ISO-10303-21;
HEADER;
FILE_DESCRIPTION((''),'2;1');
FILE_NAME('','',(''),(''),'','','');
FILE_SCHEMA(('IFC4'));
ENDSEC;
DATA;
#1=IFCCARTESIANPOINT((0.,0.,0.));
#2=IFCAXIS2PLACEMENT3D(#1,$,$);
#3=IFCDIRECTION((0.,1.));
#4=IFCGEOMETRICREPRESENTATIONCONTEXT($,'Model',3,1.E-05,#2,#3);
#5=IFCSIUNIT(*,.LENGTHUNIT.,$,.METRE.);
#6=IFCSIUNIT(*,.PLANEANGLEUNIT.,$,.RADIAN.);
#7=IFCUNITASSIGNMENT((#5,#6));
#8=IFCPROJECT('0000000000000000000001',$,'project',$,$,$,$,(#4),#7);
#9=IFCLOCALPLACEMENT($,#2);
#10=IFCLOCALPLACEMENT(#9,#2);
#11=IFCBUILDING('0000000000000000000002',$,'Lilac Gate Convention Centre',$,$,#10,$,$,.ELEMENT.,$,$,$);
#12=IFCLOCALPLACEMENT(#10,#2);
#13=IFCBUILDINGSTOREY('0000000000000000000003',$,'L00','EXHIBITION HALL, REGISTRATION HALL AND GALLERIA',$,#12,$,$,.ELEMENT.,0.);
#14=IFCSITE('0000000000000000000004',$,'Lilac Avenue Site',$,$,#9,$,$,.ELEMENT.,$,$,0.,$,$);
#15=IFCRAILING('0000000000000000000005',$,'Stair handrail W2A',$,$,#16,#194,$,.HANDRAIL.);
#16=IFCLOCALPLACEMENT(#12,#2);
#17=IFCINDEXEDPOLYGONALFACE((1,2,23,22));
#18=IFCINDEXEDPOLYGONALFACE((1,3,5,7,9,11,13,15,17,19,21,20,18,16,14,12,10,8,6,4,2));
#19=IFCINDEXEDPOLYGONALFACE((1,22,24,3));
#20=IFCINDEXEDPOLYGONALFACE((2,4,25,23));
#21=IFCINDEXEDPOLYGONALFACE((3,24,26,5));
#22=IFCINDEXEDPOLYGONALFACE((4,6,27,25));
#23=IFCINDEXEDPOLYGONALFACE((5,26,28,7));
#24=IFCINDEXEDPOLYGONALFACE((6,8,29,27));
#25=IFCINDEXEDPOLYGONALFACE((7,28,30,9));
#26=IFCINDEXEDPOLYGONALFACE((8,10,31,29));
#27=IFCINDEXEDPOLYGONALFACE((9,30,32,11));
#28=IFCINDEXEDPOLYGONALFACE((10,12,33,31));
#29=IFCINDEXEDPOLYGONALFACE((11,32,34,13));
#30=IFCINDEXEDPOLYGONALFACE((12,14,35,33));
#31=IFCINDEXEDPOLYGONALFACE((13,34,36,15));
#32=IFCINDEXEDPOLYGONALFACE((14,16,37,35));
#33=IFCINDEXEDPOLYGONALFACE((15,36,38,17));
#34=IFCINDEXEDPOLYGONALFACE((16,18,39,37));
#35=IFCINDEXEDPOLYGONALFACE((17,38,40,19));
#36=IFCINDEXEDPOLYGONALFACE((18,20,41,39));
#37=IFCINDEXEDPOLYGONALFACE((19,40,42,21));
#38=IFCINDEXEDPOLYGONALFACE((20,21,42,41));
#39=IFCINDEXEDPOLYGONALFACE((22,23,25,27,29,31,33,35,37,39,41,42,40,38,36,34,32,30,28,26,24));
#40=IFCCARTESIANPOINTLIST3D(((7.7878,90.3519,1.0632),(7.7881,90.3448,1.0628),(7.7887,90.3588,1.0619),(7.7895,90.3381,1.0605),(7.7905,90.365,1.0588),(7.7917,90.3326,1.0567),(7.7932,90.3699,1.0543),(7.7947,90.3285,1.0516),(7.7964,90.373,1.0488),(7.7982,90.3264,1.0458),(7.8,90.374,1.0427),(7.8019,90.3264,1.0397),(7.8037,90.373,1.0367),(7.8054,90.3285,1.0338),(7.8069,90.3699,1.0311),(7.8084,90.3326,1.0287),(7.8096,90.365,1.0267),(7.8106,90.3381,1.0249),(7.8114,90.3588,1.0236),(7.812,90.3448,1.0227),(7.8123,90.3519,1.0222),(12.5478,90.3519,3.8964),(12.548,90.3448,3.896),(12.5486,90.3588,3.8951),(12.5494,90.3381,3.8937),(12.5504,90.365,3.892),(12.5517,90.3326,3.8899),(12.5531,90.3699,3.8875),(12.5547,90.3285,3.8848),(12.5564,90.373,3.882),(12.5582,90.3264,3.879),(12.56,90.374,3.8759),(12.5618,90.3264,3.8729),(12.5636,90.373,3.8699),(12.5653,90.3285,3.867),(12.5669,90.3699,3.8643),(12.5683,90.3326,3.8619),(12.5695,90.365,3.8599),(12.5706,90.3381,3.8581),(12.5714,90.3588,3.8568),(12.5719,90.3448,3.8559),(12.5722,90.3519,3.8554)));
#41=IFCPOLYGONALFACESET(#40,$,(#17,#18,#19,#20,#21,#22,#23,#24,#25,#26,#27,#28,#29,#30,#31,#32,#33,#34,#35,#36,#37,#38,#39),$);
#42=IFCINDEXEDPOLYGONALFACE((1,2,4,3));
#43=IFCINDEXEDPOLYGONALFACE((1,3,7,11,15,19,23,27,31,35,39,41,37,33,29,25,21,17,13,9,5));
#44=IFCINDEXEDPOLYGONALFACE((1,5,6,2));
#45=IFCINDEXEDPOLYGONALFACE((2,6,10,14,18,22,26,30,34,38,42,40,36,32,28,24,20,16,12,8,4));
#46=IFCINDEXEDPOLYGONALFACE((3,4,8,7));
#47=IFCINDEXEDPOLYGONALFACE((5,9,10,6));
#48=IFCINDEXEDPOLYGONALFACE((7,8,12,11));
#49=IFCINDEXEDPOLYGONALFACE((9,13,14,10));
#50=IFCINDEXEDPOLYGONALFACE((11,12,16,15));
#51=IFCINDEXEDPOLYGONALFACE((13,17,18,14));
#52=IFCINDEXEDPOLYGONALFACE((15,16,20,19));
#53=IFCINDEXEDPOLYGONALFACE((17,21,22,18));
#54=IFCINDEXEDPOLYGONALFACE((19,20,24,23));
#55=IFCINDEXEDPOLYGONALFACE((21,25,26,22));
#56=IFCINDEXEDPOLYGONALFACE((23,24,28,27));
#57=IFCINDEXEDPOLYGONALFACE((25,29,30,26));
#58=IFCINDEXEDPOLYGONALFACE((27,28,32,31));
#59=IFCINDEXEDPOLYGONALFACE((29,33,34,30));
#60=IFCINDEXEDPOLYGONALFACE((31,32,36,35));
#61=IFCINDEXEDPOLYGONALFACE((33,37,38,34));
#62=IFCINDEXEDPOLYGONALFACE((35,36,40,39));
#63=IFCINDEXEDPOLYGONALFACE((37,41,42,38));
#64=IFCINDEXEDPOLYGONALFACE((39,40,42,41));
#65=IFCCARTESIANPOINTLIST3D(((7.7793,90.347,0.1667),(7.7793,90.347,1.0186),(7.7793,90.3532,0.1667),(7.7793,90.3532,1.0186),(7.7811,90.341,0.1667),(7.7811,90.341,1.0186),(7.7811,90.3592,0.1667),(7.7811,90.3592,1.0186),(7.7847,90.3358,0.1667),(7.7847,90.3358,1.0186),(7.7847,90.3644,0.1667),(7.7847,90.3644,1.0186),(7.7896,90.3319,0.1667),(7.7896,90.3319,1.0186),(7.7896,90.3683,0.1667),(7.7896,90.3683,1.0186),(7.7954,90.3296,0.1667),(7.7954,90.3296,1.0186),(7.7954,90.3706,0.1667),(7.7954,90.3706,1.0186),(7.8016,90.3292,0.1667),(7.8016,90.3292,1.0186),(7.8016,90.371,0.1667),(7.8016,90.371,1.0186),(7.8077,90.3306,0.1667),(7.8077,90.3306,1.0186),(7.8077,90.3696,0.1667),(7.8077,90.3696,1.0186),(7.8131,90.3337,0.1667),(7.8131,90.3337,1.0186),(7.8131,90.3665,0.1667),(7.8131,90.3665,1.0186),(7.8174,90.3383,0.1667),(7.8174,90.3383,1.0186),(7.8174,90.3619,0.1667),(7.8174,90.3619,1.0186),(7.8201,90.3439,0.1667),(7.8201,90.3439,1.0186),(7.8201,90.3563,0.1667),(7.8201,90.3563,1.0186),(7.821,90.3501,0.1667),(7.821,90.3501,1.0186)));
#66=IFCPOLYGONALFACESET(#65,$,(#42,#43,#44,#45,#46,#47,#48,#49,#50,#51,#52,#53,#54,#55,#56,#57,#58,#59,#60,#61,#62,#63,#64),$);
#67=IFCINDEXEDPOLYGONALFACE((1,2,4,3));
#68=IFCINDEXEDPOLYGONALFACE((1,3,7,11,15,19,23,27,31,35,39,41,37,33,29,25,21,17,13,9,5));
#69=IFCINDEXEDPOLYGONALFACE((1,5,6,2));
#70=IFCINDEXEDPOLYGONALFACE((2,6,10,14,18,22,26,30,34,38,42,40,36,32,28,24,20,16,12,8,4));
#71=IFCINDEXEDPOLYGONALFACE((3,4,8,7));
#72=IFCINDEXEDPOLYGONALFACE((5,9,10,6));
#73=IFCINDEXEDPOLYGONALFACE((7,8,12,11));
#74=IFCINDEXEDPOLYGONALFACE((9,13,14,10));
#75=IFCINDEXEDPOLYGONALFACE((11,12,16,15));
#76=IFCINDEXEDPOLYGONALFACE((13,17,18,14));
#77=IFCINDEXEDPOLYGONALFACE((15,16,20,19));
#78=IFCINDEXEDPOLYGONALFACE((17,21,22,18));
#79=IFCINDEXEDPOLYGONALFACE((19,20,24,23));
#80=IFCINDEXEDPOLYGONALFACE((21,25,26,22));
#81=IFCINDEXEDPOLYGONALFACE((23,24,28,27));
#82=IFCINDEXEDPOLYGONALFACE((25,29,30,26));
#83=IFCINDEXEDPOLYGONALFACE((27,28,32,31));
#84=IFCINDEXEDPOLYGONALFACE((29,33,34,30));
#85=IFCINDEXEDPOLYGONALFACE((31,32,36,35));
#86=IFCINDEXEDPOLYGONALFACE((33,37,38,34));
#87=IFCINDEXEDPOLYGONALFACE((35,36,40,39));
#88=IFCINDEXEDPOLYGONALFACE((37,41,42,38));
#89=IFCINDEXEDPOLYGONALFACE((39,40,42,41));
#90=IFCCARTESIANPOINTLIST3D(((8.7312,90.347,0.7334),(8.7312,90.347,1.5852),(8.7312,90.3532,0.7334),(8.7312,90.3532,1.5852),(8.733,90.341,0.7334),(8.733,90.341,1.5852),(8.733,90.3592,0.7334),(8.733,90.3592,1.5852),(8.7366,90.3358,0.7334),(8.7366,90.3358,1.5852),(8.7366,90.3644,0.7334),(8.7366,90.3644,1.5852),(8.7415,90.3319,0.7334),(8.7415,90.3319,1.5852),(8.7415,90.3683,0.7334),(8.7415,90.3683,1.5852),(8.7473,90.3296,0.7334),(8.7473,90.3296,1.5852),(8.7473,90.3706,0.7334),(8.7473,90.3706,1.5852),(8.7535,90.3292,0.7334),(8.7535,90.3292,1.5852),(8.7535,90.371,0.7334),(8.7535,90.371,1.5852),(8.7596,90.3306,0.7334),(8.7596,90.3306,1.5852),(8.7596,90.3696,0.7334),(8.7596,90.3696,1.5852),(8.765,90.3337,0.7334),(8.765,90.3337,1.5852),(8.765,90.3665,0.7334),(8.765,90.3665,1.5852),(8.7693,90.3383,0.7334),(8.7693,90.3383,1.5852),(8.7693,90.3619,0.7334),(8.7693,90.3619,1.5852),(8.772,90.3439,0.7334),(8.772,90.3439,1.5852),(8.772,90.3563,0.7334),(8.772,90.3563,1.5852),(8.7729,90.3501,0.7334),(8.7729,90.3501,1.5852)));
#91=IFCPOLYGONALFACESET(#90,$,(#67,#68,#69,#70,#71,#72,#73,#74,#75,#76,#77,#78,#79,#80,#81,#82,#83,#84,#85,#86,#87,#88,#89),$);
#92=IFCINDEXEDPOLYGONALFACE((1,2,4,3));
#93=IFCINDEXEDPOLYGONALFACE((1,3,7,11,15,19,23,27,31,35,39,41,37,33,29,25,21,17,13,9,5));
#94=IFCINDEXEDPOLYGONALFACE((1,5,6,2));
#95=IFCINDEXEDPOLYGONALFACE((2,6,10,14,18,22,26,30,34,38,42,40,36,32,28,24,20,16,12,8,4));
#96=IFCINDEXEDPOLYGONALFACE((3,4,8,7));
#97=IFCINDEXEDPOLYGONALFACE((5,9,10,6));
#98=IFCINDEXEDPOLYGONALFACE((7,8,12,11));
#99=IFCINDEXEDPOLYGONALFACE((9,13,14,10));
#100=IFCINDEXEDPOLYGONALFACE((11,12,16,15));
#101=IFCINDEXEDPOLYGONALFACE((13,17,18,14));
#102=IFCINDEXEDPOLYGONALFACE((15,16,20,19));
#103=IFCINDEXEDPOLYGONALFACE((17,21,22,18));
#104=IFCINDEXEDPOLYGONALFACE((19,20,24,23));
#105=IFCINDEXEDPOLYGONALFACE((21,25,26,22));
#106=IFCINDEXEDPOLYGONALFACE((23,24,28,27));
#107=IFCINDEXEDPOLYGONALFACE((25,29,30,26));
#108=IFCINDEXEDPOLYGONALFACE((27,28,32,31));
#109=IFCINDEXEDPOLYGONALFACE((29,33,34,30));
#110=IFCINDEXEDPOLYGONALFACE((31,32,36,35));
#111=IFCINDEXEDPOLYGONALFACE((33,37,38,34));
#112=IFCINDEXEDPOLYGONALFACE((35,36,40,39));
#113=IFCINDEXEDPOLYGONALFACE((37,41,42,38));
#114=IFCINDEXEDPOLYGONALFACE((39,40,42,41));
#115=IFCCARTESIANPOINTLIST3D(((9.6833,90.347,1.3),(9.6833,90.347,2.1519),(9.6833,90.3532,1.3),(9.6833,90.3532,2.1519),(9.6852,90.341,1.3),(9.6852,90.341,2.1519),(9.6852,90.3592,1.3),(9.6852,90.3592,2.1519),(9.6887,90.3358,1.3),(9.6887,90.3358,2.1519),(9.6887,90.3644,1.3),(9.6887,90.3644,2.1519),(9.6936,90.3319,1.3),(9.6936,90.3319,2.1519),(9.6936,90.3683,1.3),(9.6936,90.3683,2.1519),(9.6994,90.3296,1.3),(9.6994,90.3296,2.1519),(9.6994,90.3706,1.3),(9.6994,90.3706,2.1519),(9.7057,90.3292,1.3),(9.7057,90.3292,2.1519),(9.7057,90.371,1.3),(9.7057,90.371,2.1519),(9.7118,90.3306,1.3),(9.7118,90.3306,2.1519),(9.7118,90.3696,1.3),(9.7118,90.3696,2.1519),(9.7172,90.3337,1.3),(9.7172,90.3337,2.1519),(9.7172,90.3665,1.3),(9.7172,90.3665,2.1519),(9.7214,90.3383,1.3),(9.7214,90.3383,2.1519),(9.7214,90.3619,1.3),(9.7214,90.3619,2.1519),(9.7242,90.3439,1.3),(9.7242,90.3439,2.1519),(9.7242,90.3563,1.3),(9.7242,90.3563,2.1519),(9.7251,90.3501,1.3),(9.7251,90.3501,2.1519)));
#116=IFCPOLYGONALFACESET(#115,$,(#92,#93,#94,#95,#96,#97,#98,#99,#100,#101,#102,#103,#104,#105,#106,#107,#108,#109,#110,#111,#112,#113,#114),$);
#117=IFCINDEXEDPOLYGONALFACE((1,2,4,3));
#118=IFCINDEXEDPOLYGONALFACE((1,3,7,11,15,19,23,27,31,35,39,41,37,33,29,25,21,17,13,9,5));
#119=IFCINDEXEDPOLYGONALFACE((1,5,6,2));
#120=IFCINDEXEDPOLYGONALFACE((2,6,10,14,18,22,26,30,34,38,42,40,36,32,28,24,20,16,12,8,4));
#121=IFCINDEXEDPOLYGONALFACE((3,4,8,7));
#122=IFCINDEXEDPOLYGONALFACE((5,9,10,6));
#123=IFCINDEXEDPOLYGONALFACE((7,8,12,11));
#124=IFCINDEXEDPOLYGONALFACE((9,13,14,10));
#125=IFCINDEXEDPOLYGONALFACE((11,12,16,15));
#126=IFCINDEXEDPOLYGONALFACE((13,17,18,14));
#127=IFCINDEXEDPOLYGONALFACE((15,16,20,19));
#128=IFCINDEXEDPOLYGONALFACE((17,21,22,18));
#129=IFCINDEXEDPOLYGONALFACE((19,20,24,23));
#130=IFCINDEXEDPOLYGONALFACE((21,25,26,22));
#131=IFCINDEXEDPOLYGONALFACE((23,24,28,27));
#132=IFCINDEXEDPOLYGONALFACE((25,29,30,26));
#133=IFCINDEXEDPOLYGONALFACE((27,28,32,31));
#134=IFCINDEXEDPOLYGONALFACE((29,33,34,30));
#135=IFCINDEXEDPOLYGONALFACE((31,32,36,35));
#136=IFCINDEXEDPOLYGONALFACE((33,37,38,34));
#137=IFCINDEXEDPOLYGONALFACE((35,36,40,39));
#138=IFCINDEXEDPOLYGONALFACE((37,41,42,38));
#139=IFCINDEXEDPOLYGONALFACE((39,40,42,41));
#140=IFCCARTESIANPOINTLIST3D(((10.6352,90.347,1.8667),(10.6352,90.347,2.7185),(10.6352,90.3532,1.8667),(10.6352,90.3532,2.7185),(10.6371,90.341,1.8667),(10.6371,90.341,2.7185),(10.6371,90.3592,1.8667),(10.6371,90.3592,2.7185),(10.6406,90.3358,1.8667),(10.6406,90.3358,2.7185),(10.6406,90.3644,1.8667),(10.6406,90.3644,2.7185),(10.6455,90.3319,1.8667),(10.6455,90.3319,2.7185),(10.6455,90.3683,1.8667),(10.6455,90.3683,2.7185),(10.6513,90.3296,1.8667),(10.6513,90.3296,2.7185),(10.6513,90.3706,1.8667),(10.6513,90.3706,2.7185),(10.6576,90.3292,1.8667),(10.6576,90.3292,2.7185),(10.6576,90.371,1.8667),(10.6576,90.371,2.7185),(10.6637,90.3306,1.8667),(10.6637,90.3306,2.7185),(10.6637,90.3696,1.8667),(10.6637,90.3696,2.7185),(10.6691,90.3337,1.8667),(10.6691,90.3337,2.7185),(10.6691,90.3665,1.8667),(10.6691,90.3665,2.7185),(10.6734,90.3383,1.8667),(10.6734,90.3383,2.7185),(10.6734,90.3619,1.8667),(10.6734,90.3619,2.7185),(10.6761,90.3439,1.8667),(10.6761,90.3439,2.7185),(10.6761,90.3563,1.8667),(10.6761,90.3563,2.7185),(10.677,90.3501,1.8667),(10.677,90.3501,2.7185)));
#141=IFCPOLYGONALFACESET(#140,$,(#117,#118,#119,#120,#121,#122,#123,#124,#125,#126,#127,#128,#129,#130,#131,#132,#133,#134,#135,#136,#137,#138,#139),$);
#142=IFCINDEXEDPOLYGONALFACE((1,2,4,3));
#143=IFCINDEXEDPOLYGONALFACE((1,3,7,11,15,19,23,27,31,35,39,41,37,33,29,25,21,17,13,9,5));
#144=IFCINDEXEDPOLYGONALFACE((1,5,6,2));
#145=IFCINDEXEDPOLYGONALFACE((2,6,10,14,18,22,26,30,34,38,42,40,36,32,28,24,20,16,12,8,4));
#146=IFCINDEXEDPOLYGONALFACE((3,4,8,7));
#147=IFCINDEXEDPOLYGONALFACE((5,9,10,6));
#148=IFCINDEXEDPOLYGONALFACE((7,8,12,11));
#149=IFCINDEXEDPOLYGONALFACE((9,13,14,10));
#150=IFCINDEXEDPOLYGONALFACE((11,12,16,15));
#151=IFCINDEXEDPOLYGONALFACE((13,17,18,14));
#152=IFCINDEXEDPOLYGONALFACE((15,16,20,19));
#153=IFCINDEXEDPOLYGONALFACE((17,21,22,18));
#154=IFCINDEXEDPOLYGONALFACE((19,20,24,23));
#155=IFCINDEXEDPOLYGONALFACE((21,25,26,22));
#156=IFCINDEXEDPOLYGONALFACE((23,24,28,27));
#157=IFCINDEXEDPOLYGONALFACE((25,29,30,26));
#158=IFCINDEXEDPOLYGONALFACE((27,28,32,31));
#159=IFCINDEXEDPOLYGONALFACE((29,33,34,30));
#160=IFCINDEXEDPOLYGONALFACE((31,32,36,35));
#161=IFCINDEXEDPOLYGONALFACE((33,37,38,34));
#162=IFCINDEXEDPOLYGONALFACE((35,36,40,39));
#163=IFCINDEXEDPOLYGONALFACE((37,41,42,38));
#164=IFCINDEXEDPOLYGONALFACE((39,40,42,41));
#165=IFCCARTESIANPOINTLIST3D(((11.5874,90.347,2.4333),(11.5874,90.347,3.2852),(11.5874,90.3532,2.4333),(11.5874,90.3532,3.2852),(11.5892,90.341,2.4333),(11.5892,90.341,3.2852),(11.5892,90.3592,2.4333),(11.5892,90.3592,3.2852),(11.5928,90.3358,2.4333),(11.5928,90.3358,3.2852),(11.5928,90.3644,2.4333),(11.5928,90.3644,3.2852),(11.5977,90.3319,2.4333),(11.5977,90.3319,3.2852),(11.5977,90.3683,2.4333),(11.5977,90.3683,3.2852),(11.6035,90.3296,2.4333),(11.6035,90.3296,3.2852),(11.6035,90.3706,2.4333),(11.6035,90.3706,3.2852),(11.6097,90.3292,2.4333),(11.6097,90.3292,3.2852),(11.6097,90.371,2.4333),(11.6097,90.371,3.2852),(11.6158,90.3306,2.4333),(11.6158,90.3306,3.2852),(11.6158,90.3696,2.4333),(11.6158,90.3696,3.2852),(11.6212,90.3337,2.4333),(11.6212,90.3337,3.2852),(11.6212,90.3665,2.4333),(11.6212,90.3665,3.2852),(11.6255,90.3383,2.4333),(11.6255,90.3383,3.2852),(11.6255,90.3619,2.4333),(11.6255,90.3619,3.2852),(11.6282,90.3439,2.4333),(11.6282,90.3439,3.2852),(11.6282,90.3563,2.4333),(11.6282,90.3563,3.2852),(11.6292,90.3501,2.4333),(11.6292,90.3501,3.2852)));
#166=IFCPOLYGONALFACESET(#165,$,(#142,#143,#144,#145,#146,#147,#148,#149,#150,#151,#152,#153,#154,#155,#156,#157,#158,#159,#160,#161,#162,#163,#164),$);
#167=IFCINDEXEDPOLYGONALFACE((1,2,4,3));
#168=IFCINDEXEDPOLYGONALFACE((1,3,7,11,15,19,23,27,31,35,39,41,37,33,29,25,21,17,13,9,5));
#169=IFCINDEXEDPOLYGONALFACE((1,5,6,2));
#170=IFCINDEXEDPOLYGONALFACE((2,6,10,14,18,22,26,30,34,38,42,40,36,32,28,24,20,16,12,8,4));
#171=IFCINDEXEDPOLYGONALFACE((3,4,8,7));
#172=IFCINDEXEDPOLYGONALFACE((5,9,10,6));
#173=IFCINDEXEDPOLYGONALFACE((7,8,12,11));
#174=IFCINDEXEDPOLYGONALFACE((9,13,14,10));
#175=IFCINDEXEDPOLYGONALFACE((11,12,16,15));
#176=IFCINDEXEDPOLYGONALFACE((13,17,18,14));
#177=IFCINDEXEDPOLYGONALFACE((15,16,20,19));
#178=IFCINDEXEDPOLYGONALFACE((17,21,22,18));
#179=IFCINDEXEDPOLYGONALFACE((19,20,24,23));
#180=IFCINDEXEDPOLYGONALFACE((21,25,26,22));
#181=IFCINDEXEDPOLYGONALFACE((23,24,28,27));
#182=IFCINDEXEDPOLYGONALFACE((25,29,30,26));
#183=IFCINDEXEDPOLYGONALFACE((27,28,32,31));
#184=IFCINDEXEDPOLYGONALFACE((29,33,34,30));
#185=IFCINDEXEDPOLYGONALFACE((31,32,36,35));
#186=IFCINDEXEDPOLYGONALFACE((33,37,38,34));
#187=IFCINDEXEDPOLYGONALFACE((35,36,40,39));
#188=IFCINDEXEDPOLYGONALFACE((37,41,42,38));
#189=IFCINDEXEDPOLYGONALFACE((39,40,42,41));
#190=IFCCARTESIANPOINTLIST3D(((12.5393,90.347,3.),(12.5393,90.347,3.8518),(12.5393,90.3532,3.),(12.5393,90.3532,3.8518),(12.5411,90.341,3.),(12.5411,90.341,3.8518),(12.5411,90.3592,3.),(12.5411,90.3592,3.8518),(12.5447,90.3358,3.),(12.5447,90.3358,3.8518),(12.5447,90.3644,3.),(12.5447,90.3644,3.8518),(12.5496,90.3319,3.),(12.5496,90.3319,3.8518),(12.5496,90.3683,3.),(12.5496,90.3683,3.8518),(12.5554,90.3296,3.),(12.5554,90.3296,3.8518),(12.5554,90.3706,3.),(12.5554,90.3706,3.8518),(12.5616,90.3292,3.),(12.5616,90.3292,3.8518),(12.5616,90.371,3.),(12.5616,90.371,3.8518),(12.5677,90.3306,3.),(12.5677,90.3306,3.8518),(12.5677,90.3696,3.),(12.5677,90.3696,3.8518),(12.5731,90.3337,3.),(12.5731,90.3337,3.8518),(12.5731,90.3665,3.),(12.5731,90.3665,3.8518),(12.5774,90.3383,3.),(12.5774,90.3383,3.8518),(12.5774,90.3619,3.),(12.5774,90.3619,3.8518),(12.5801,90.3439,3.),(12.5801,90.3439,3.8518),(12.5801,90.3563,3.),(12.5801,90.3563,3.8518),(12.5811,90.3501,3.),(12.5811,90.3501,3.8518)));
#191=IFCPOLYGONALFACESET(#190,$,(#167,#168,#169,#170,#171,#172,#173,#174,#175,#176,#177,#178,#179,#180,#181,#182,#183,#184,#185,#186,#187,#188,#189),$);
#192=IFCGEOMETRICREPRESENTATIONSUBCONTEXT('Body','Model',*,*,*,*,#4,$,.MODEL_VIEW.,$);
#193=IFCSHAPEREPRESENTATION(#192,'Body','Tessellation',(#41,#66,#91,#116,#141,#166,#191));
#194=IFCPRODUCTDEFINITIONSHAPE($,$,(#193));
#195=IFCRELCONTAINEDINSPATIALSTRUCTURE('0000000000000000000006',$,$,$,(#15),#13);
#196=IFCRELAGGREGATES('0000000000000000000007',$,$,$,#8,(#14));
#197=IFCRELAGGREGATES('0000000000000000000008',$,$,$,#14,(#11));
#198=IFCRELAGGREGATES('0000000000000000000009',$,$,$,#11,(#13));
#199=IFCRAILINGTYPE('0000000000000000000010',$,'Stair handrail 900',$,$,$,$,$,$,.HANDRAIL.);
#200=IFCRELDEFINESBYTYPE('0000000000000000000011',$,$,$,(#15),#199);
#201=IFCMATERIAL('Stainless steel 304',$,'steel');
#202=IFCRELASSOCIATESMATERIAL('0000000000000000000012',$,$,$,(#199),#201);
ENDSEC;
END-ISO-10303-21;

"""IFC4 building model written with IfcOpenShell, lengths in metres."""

from ifc_helpers import new_model, si_unit, direction, frame, origin, origin_2d, place, context, subcontext, project, spatial, circle, extrude, material, type_object, element, save


model = new_model("IFC4")

# Units and contexts
model_context = context("Model", 3, precision=1e-05, world=origin(), true_north=direction((0.0, 1.0)))
body_context = subcontext(model_context, "Body", "Model", "MODEL_VIEW")
ifc_project = project(units=[si_unit("LENGTHUNIT", "METRE"), si_unit("PLANEANGLEUNIT", "RADIAN")], contexts=[model_context])

# Site, building, storey
site_placement = place(None, origin())
site = spatial("IfcSite", under=ifc_project, at=site_placement, Name="Lilac Avenue Site", CompositionType="ELEMENT", RefElevation=0.0)
building_placement = place(site_placement, origin())
building = spatial("IfcBuilding", under=site, at=building_placement, Name="Lilac Gate Convention Centre", CompositionType="ELEMENT")
storey_placement = place(building_placement, origin())
storey = spatial("IfcBuildingStorey", under=building, at=storey_placement, Name="L00", Description="EXHIBITION HALL, REGISTRATION HALL AND GALLERIA", CompositionType="ELEMENT", Elevation=0.0)

# Shared definitions
ifc_material_1 = material(Name="Stainless steel 304", Category="steel")

# Railing
railing_type = type_object("IfcRailingType", Name="Stair handrail 900", PredefinedType="HANDRAIL", material=ifc_material_1)
for number, where, name in (
    (1, (7.8, 90.3501, 0.1667), "Stair handrail W2A"),
):
    element("IfcRailing", number, at=place(storey_placement, frame(where)), inside=storey, type_object=railing_type, Name=name, PredefinedType="HANDRAIL", context=body_context, shape_type="SweptSolid", body=[
        extrude(circle(Radius=0.0239, at=origin_2d()), frame((0.0, 0.0, 0.876), z_axis=(0.8593, 0.0, 0.511472), x_axis=(0.0, 1.0, 0.0)), (0.0, 0.0, 1.0), 5.5393),
        extrude(circle(Radius=0.021, at=origin_2d()), origin(), (0.0, 0.0, 1.0), 0.8518),
        extrude(circle(Radius=0.021, at=origin_2d()), frame((0.9519, 0.0, 0.5667)), (0.0, 0.0, 1.0), 0.8518),
        extrude(circle(Radius=0.021, at=origin_2d()), frame((1.9041, 0.0, 1.1333)), (0.0, 0.0, 1.0), 0.8518),
        extrude(circle(Radius=0.021, at=origin_2d()), frame((2.856, 0.0, 1.7)), (0.0, 0.0, 1.0), 0.8518),
        extrude(circle(Radius=0.021, at=origin_2d()), frame((3.8081, 0.0, 2.2666)), (0.0, 0.0, 1.0), 0.8518),
        extrude(circle(Radius=0.021, at=origin_2d()), frame((4.76, 0.0, 2.8333)), (0.0, 0.0, 1.0), 0.8518),
    ])

save(model, "model.ifc")
